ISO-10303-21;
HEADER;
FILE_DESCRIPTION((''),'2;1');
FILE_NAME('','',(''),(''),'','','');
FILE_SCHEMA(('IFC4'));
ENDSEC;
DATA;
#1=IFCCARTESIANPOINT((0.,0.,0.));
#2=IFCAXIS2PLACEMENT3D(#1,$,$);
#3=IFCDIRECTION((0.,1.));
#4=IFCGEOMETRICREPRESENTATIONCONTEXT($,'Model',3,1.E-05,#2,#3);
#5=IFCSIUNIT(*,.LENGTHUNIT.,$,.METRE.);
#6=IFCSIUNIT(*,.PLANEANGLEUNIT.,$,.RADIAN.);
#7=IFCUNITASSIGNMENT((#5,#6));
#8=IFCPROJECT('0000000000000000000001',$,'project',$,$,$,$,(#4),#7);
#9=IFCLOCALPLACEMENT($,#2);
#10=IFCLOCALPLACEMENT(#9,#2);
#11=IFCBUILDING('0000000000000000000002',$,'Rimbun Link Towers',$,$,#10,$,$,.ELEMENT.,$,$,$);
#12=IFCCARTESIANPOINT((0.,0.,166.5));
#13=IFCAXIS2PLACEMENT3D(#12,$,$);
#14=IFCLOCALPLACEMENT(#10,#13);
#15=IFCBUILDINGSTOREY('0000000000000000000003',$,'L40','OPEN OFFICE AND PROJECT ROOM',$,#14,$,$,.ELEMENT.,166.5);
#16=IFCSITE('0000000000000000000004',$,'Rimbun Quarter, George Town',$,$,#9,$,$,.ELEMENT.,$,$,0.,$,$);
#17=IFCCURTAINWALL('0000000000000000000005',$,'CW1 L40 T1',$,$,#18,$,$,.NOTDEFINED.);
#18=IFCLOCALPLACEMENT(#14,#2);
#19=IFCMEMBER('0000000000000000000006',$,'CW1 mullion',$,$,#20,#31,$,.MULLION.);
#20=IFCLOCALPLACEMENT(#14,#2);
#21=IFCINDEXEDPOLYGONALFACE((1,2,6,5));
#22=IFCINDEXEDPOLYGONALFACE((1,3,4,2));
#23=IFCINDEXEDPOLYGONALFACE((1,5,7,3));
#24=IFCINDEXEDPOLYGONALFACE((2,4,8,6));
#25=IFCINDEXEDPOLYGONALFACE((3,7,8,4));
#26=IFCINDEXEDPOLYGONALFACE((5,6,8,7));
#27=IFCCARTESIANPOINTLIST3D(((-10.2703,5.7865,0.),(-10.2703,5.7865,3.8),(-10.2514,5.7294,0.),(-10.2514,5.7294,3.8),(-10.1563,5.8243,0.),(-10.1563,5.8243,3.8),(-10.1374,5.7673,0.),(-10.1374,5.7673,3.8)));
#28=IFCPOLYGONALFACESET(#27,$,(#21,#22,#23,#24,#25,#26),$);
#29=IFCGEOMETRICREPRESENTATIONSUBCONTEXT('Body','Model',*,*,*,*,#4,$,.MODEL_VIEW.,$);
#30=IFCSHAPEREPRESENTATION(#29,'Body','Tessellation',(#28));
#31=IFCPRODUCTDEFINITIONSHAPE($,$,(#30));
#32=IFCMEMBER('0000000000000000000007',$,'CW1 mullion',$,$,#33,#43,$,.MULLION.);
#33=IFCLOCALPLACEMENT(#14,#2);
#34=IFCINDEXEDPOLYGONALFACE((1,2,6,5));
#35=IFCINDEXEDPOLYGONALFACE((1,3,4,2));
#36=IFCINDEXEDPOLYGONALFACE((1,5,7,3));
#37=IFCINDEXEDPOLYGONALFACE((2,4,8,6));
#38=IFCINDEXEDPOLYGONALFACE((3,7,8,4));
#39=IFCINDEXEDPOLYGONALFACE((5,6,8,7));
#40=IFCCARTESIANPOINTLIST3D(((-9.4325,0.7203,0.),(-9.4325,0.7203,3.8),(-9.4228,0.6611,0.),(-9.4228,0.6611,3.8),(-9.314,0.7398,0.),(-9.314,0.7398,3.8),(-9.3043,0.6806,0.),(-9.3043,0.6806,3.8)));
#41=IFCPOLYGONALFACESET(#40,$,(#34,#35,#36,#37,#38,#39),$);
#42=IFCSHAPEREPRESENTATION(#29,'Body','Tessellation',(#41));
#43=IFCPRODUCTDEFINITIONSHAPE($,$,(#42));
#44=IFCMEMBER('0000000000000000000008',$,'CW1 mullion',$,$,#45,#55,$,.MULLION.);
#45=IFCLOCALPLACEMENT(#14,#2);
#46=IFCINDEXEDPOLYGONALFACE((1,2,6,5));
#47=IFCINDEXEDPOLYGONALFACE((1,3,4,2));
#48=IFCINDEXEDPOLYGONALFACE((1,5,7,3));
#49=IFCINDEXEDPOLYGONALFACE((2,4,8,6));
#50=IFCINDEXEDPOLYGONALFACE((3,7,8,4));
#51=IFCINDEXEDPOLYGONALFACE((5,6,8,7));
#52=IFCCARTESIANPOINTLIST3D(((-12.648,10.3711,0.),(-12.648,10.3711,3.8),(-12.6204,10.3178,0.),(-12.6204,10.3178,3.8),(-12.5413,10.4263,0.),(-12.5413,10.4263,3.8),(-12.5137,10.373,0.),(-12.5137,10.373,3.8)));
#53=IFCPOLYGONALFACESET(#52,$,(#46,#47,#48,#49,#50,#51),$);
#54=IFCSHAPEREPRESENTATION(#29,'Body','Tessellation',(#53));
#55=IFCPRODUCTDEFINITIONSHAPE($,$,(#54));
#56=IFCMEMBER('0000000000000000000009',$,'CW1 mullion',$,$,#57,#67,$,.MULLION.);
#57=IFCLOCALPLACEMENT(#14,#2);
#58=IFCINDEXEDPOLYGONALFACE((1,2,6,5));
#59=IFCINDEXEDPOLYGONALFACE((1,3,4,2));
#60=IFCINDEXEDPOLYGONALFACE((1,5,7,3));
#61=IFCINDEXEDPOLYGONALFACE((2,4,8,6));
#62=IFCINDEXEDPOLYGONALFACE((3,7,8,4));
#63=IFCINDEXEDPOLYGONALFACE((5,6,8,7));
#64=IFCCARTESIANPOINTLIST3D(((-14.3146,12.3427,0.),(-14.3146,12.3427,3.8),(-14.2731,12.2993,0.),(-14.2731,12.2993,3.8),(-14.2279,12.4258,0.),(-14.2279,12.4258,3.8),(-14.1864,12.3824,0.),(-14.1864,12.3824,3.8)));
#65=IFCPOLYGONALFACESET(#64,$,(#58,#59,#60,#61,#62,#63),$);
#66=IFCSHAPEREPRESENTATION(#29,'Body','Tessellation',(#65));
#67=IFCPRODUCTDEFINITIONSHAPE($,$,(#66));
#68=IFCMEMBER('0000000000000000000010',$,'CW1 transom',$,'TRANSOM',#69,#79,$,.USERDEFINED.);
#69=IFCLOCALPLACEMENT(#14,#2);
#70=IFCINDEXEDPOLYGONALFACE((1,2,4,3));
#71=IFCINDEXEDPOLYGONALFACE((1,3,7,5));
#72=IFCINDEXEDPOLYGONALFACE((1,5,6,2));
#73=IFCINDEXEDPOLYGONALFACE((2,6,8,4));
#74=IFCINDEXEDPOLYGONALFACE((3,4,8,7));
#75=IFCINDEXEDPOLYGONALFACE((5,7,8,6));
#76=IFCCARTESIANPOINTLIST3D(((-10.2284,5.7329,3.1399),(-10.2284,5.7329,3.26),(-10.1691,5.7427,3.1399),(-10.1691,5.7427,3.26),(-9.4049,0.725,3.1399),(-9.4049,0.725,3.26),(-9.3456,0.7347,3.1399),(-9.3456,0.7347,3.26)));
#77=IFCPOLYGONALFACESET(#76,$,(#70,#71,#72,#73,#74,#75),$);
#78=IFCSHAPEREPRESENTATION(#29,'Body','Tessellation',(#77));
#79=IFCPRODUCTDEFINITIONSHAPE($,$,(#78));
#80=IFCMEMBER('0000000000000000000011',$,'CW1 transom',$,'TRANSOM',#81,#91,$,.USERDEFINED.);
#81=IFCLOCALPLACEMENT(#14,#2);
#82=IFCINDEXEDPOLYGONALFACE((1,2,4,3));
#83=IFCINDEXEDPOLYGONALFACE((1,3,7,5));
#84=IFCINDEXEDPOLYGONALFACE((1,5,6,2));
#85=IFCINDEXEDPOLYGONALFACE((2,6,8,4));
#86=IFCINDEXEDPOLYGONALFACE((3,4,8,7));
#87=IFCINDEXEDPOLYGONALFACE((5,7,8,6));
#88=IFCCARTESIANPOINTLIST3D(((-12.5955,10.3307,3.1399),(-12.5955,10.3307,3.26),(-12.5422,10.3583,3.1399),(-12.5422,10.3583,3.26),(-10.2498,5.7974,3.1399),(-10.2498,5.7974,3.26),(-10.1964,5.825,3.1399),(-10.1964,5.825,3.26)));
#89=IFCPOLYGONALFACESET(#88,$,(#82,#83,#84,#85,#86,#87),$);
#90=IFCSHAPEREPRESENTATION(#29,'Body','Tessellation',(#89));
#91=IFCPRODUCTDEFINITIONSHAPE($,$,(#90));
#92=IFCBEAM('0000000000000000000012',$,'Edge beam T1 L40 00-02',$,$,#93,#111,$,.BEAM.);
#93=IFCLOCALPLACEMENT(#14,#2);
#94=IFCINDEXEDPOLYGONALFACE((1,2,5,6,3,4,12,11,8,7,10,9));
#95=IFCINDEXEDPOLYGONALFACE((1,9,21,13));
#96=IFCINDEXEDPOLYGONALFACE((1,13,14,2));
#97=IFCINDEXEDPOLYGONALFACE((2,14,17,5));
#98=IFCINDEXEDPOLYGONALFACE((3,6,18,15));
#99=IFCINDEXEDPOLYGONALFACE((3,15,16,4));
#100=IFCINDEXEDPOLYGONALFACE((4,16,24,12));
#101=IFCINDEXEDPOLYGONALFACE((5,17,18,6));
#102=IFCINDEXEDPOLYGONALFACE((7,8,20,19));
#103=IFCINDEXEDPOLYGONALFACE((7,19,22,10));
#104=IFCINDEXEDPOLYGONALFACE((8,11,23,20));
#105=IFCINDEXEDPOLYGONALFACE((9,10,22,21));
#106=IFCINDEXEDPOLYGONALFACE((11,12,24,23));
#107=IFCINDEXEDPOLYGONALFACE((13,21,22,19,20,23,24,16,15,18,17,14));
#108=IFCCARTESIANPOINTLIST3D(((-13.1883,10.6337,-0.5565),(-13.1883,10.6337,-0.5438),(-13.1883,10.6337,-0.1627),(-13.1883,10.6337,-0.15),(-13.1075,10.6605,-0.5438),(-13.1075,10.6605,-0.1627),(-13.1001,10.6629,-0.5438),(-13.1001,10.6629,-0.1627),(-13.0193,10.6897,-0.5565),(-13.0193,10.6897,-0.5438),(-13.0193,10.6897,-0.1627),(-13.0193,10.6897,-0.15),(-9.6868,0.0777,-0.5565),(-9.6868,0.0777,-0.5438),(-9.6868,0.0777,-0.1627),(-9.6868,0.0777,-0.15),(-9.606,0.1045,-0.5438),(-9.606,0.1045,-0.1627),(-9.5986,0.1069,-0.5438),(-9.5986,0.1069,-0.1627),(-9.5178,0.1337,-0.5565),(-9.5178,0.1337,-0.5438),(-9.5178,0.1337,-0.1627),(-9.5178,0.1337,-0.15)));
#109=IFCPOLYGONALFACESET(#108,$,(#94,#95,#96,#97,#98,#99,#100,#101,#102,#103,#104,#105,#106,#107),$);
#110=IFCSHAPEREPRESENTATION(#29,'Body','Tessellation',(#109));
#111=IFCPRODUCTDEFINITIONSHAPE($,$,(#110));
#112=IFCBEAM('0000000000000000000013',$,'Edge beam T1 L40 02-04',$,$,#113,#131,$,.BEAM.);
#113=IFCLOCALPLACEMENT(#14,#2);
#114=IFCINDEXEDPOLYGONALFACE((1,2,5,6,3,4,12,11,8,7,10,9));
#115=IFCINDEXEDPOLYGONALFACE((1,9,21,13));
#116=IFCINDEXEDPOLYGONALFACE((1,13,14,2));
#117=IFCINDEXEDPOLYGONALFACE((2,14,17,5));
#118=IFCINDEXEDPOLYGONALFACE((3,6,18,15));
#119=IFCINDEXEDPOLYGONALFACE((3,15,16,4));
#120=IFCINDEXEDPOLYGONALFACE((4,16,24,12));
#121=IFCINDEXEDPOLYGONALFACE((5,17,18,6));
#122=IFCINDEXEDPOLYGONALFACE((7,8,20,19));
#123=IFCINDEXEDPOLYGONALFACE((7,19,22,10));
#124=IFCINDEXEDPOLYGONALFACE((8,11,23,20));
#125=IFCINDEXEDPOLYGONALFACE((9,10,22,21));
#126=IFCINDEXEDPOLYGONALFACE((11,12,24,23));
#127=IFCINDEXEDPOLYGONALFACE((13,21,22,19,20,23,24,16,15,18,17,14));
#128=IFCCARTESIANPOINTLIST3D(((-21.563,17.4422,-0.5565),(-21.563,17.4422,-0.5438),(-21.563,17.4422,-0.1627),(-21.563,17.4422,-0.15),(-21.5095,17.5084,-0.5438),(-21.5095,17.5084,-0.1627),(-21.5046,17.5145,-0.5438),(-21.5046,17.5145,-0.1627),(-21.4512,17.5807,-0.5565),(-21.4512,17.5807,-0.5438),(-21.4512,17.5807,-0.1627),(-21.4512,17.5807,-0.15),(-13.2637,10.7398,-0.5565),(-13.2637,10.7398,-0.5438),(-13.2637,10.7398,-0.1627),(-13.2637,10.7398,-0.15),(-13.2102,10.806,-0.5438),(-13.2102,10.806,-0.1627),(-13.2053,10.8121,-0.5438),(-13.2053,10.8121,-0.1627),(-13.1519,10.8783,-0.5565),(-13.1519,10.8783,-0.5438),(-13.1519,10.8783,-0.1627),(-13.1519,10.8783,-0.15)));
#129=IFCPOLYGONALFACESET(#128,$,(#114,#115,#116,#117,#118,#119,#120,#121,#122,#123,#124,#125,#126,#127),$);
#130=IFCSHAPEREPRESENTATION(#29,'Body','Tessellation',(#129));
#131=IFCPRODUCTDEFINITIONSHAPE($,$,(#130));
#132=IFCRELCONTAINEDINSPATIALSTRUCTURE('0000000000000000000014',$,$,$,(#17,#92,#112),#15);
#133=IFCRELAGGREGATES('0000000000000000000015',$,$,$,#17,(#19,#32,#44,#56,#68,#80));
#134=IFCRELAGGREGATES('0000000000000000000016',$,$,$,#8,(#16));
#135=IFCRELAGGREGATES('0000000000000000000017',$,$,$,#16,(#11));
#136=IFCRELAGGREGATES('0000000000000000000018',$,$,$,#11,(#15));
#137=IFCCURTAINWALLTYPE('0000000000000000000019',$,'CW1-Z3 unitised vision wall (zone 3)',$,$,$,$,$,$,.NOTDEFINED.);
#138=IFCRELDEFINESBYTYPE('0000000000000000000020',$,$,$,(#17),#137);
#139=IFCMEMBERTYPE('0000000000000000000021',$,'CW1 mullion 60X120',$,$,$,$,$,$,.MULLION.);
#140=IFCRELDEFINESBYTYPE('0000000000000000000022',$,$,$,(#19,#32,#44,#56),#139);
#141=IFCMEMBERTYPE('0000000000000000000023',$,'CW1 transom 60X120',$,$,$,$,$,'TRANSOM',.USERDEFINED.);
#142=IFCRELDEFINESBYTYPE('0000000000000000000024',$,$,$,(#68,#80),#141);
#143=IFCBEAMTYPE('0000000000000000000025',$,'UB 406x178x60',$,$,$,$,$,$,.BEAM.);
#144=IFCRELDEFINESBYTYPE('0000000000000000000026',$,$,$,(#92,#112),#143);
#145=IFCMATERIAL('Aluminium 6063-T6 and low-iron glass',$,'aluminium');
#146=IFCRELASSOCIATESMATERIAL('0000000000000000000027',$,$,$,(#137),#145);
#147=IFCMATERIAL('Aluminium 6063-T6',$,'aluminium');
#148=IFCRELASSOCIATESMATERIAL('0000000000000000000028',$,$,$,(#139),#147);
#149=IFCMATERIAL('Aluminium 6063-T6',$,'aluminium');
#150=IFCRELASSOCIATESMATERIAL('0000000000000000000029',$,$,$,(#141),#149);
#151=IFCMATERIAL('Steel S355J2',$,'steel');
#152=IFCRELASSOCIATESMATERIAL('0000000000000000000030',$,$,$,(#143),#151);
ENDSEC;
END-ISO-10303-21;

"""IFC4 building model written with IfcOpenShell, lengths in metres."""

from ifc_helpers import new_model, si_unit, direction, frame, origin, origin_2d, place, context, subcontext, project, spatial, rectangle, i_section, extrude, material, material_profile, profile_set, type_object, element, aggregate, save


model = new_model("IFC4")

# Units and contexts
model_context = context("Model", 3, precision=1e-05, world=origin(), true_north=direction((0.0, 1.0)))
body_context = subcontext(model_context, "Body", "Model", "MODEL_VIEW")
ifc_project = project(units=[si_unit("LENGTHUNIT", "METRE"), si_unit("PLANEANGLEUNIT", "RADIAN")], contexts=[model_context])

# Site, building, storey
site_placement = place(None, origin())
site = spatial("IfcSite", under=ifc_project, at=site_placement, Name="Rimbun Quarter, George Town", CompositionType="ELEMENT", RefElevation=0.0)
building_placement = place(site_placement, origin())
building = spatial("IfcBuilding", under=site, at=building_placement, Name="Rimbun Link Towers", CompositionType="ELEMENT")
storey_placement = place(building_placement, frame((0.0, 0.0, 166.5)))
storey = spatial("IfcBuildingStorey", under=building, at=storey_placement, Name="L40", Description="OPEN OFFICE AND PROJECT ROOM", CompositionType="ELEMENT", Elevation=166.5)

# Curtain wall, members
ifc_material_1 = material(Name="Aluminium 6063-T6 and low-iron glass", Category="aluminium")
curtain_wall_type = type_object("IfcCurtainWallType", Name="CW1-Z3 unitised vision wall (zone 3)", PredefinedType="NOTDEFINED", material=ifc_material_1)
curtain_wall_placement = place(storey_placement, origin())
curtain_wall = element("IfcCurtainWall", 1, at=curtain_wall_placement, inside=storey, type_object=curtain_wall_type, Name="CW1 L40 T1", PredefinedType="NOTDEFINED")
ifc_material_2 = material(Name="Aluminium 6063-T6", Category="aluminium")
ifc_material_profile_1 = material_profile(ifc_material_2, rectangle(XDim=0.1201, YDim=0.0601, at=origin_2d()), Name="MULLION 60X120")
ifc_profile_set_1 = profile_set([ifc_material_profile_1], Name="Aluminium 6063-T6")
member_type_1 = type_object("IfcMemberType", Name="CW1 mullion 60X120", PredefinedType="MULLION", material=ifc_profile_set_1)
member_1_placement = place(storey_placement, frame((-10.2039, 5.7769, 0.0), z_axis=(0.0, 0.0, 1.0), x_axis=(0.94916, 0.314794, 0.0)))
member_1 = element("IfcMember", 2, at=member_1_placement, type_object=member_type_1, Name="CW1 mullion", PredefinedType="MULLION", context=body_context, shape_type="SweptSolid", body=[
    extrude(rectangle(XDim=0.1201, YDim=0.0601, at=origin_2d()), origin(), (0.0, 0.0, 1.0), 3.8),
])
member_2_placement = place(storey_placement, frame((-9.3684, 0.7004, 0.0), z_axis=(0.0, 0.0, 1.0), x_axis=(0.986749, 0.162253, 0.0)))
member_2 = element("IfcMember", 3, at=member_2_placement, type_object=member_type_1, Name="CW1 mullion", PredefinedType="MULLION", context=body_context, shape_type="SweptSolid", body=[
    extrude(rectangle(XDim=0.1201, YDim=0.0601, at=origin_2d()), origin(), (0.0, 0.0, 1.0), 3.8),
])
member_3_placement = place(storey_placement, frame((-12.5808, 10.3721, 0.0), z_axis=(0.0, 0.0, 1.0), x_axis=(0.888144, 0.459565, 0.0)))
member_3 = element("IfcMember", 4, at=member_3_placement, type_object=member_type_1, Name="CW1 mullion", PredefinedType="MULLION", context=body_context, shape_type="SweptSolid", body=[
    extrude(rectangle(XDim=0.1201, YDim=0.0601, at=origin_2d()), origin(), (0.0, 0.0, 1.0), 3.8),
])
member_4_placement = place(storey_placement, frame((-14.2505, 12.3625, 0.0), z_axis=(0.0, 0.0, 1.0), x_axis=(0.721847, 0.692052, 0.0)))
member_4 = element("IfcMember", 5, at=member_4_placement, type_object=member_type_1, Name="CW1 mullion", PredefinedType="MULLION", context=body_context, shape_type="SweptSolid", body=[
    extrude(rectangle(XDim=0.1201, YDim=0.0601, at=origin_2d()), origin(), (0.0, 0.0, 1.0), 3.8),
])
ifc_material_3 = material(Name="Aluminium 6063-T6", Category="aluminium")
ifc_material_profile_2 = material_profile(ifc_material_3, rectangle(XDim=0.0601, YDim=0.1201, at=origin_2d()), Name="TRANSOM 60X120")
ifc_profile_set_2 = profile_set([ifc_material_profile_2], Name="Aluminium 6063-T6")
member_type_2 = type_object("IfcMemberType", Name="CW1 transom 60X120", ElementType="TRANSOM", PredefinedType="USERDEFINED", material=ifc_profile_set_2)
member_5_placement = place(storey_placement, frame((-10.1987, 5.7378, 3.2), z_axis=(0.162253, -0.986749, 0.0), x_axis=(0.986749, 0.162253, 0.0)))
member_5 = element("IfcMember", 6, at=member_5_placement, type_object=member_type_2, Name="CW1 transom", ObjectType="TRANSOM", PredefinedType="USERDEFINED", context=body_context, shape_type="SweptSolid", body=[
    extrude(rectangle(XDim=0.0601, YDim=0.1201, at=origin_2d()), origin(), (0.0, 0.0, 1.0), 5.0752),
])
member_6_placement = place(storey_placement, frame((-12.5688, 10.3445, 3.2), z_axis=(0.459569, -0.888142, 0.0), x_axis=(0.888142, 0.459569, 0.0)))
member_6 = element("IfcMember", 7, at=member_6_placement, type_object=member_type_2, Name="CW1 transom", ObjectType="TRANSOM", PredefinedType="USERDEFINED", context=body_context, shape_type="SweptSolid", body=[
    extrude(rectangle(XDim=0.0601, YDim=0.1201, at=origin_2d()), origin(), (0.0, 0.0, 1.0), 5.1042),
])

# Beams
ifc_material_4 = material(Name="Steel S355J2", Category="steel")
ifc_material_profile_3 = material_profile(ifc_material_4, i_section(OverallWidth=0.178, OverallDepth=0.4065, WebThickness=0.0078, FlangeThickness=0.0127, at=origin_2d()), Name="UB 406x178x60")
ifc_profile_set_3 = profile_set([ifc_material_profile_3], Name="Steel S355J2")
beam_type = type_object("IfcBeamType", Name="UB 406x178x60", PredefinedType="BEAM", material=ifc_profile_set_3)
beam_1_placement = place(storey_placement, frame((-9.6023, 0.1057, -0.3533), z_axis=(-0.314838, 0.949145, 0.0), x_axis=(-0.949145, -0.314838, 0.0)))
element("IfcBeam", 8, at=beam_1_placement, inside=storey, type_object=beam_type, Name="Edge beam T1 L40 00-02", PredefinedType="BEAM", context=body_context, shape_type="SweptSolid", body=[
    extrude(i_section(OverallWidth=0.178, OverallDepth=0.4065, WebThickness=0.0078, FlangeThickness=0.0127, at=origin_2d()), origin(), (0.0, 0.0, 1.0), 11.1216),
])
beam_2_placement = place(storey_placement, frame((-13.2078, 10.8091, -0.3533), z_axis=(-0.777982, 0.628286, 0.0), x_axis=(-0.628286, -0.777982, 0.0)))
element("IfcBeam", 9, at=beam_2_placement, inside=storey, type_object=beam_type, Name="Edge beam T1 L40 02-04", PredefinedType="BEAM", context=body_context, shape_type="SweptSolid", body=[
    extrude(i_section(OverallWidth=0.178, OverallDepth=0.4065, WebThickness=0.0078, FlangeThickness=0.0127, at=origin_2d()), origin(), (0.0, 0.0, 1.0), 10.6677),
])

aggregate(curtain_wall, [member_1, member_2, member_3, member_4, member_5, member_6])

save(model, "model.ifc")
